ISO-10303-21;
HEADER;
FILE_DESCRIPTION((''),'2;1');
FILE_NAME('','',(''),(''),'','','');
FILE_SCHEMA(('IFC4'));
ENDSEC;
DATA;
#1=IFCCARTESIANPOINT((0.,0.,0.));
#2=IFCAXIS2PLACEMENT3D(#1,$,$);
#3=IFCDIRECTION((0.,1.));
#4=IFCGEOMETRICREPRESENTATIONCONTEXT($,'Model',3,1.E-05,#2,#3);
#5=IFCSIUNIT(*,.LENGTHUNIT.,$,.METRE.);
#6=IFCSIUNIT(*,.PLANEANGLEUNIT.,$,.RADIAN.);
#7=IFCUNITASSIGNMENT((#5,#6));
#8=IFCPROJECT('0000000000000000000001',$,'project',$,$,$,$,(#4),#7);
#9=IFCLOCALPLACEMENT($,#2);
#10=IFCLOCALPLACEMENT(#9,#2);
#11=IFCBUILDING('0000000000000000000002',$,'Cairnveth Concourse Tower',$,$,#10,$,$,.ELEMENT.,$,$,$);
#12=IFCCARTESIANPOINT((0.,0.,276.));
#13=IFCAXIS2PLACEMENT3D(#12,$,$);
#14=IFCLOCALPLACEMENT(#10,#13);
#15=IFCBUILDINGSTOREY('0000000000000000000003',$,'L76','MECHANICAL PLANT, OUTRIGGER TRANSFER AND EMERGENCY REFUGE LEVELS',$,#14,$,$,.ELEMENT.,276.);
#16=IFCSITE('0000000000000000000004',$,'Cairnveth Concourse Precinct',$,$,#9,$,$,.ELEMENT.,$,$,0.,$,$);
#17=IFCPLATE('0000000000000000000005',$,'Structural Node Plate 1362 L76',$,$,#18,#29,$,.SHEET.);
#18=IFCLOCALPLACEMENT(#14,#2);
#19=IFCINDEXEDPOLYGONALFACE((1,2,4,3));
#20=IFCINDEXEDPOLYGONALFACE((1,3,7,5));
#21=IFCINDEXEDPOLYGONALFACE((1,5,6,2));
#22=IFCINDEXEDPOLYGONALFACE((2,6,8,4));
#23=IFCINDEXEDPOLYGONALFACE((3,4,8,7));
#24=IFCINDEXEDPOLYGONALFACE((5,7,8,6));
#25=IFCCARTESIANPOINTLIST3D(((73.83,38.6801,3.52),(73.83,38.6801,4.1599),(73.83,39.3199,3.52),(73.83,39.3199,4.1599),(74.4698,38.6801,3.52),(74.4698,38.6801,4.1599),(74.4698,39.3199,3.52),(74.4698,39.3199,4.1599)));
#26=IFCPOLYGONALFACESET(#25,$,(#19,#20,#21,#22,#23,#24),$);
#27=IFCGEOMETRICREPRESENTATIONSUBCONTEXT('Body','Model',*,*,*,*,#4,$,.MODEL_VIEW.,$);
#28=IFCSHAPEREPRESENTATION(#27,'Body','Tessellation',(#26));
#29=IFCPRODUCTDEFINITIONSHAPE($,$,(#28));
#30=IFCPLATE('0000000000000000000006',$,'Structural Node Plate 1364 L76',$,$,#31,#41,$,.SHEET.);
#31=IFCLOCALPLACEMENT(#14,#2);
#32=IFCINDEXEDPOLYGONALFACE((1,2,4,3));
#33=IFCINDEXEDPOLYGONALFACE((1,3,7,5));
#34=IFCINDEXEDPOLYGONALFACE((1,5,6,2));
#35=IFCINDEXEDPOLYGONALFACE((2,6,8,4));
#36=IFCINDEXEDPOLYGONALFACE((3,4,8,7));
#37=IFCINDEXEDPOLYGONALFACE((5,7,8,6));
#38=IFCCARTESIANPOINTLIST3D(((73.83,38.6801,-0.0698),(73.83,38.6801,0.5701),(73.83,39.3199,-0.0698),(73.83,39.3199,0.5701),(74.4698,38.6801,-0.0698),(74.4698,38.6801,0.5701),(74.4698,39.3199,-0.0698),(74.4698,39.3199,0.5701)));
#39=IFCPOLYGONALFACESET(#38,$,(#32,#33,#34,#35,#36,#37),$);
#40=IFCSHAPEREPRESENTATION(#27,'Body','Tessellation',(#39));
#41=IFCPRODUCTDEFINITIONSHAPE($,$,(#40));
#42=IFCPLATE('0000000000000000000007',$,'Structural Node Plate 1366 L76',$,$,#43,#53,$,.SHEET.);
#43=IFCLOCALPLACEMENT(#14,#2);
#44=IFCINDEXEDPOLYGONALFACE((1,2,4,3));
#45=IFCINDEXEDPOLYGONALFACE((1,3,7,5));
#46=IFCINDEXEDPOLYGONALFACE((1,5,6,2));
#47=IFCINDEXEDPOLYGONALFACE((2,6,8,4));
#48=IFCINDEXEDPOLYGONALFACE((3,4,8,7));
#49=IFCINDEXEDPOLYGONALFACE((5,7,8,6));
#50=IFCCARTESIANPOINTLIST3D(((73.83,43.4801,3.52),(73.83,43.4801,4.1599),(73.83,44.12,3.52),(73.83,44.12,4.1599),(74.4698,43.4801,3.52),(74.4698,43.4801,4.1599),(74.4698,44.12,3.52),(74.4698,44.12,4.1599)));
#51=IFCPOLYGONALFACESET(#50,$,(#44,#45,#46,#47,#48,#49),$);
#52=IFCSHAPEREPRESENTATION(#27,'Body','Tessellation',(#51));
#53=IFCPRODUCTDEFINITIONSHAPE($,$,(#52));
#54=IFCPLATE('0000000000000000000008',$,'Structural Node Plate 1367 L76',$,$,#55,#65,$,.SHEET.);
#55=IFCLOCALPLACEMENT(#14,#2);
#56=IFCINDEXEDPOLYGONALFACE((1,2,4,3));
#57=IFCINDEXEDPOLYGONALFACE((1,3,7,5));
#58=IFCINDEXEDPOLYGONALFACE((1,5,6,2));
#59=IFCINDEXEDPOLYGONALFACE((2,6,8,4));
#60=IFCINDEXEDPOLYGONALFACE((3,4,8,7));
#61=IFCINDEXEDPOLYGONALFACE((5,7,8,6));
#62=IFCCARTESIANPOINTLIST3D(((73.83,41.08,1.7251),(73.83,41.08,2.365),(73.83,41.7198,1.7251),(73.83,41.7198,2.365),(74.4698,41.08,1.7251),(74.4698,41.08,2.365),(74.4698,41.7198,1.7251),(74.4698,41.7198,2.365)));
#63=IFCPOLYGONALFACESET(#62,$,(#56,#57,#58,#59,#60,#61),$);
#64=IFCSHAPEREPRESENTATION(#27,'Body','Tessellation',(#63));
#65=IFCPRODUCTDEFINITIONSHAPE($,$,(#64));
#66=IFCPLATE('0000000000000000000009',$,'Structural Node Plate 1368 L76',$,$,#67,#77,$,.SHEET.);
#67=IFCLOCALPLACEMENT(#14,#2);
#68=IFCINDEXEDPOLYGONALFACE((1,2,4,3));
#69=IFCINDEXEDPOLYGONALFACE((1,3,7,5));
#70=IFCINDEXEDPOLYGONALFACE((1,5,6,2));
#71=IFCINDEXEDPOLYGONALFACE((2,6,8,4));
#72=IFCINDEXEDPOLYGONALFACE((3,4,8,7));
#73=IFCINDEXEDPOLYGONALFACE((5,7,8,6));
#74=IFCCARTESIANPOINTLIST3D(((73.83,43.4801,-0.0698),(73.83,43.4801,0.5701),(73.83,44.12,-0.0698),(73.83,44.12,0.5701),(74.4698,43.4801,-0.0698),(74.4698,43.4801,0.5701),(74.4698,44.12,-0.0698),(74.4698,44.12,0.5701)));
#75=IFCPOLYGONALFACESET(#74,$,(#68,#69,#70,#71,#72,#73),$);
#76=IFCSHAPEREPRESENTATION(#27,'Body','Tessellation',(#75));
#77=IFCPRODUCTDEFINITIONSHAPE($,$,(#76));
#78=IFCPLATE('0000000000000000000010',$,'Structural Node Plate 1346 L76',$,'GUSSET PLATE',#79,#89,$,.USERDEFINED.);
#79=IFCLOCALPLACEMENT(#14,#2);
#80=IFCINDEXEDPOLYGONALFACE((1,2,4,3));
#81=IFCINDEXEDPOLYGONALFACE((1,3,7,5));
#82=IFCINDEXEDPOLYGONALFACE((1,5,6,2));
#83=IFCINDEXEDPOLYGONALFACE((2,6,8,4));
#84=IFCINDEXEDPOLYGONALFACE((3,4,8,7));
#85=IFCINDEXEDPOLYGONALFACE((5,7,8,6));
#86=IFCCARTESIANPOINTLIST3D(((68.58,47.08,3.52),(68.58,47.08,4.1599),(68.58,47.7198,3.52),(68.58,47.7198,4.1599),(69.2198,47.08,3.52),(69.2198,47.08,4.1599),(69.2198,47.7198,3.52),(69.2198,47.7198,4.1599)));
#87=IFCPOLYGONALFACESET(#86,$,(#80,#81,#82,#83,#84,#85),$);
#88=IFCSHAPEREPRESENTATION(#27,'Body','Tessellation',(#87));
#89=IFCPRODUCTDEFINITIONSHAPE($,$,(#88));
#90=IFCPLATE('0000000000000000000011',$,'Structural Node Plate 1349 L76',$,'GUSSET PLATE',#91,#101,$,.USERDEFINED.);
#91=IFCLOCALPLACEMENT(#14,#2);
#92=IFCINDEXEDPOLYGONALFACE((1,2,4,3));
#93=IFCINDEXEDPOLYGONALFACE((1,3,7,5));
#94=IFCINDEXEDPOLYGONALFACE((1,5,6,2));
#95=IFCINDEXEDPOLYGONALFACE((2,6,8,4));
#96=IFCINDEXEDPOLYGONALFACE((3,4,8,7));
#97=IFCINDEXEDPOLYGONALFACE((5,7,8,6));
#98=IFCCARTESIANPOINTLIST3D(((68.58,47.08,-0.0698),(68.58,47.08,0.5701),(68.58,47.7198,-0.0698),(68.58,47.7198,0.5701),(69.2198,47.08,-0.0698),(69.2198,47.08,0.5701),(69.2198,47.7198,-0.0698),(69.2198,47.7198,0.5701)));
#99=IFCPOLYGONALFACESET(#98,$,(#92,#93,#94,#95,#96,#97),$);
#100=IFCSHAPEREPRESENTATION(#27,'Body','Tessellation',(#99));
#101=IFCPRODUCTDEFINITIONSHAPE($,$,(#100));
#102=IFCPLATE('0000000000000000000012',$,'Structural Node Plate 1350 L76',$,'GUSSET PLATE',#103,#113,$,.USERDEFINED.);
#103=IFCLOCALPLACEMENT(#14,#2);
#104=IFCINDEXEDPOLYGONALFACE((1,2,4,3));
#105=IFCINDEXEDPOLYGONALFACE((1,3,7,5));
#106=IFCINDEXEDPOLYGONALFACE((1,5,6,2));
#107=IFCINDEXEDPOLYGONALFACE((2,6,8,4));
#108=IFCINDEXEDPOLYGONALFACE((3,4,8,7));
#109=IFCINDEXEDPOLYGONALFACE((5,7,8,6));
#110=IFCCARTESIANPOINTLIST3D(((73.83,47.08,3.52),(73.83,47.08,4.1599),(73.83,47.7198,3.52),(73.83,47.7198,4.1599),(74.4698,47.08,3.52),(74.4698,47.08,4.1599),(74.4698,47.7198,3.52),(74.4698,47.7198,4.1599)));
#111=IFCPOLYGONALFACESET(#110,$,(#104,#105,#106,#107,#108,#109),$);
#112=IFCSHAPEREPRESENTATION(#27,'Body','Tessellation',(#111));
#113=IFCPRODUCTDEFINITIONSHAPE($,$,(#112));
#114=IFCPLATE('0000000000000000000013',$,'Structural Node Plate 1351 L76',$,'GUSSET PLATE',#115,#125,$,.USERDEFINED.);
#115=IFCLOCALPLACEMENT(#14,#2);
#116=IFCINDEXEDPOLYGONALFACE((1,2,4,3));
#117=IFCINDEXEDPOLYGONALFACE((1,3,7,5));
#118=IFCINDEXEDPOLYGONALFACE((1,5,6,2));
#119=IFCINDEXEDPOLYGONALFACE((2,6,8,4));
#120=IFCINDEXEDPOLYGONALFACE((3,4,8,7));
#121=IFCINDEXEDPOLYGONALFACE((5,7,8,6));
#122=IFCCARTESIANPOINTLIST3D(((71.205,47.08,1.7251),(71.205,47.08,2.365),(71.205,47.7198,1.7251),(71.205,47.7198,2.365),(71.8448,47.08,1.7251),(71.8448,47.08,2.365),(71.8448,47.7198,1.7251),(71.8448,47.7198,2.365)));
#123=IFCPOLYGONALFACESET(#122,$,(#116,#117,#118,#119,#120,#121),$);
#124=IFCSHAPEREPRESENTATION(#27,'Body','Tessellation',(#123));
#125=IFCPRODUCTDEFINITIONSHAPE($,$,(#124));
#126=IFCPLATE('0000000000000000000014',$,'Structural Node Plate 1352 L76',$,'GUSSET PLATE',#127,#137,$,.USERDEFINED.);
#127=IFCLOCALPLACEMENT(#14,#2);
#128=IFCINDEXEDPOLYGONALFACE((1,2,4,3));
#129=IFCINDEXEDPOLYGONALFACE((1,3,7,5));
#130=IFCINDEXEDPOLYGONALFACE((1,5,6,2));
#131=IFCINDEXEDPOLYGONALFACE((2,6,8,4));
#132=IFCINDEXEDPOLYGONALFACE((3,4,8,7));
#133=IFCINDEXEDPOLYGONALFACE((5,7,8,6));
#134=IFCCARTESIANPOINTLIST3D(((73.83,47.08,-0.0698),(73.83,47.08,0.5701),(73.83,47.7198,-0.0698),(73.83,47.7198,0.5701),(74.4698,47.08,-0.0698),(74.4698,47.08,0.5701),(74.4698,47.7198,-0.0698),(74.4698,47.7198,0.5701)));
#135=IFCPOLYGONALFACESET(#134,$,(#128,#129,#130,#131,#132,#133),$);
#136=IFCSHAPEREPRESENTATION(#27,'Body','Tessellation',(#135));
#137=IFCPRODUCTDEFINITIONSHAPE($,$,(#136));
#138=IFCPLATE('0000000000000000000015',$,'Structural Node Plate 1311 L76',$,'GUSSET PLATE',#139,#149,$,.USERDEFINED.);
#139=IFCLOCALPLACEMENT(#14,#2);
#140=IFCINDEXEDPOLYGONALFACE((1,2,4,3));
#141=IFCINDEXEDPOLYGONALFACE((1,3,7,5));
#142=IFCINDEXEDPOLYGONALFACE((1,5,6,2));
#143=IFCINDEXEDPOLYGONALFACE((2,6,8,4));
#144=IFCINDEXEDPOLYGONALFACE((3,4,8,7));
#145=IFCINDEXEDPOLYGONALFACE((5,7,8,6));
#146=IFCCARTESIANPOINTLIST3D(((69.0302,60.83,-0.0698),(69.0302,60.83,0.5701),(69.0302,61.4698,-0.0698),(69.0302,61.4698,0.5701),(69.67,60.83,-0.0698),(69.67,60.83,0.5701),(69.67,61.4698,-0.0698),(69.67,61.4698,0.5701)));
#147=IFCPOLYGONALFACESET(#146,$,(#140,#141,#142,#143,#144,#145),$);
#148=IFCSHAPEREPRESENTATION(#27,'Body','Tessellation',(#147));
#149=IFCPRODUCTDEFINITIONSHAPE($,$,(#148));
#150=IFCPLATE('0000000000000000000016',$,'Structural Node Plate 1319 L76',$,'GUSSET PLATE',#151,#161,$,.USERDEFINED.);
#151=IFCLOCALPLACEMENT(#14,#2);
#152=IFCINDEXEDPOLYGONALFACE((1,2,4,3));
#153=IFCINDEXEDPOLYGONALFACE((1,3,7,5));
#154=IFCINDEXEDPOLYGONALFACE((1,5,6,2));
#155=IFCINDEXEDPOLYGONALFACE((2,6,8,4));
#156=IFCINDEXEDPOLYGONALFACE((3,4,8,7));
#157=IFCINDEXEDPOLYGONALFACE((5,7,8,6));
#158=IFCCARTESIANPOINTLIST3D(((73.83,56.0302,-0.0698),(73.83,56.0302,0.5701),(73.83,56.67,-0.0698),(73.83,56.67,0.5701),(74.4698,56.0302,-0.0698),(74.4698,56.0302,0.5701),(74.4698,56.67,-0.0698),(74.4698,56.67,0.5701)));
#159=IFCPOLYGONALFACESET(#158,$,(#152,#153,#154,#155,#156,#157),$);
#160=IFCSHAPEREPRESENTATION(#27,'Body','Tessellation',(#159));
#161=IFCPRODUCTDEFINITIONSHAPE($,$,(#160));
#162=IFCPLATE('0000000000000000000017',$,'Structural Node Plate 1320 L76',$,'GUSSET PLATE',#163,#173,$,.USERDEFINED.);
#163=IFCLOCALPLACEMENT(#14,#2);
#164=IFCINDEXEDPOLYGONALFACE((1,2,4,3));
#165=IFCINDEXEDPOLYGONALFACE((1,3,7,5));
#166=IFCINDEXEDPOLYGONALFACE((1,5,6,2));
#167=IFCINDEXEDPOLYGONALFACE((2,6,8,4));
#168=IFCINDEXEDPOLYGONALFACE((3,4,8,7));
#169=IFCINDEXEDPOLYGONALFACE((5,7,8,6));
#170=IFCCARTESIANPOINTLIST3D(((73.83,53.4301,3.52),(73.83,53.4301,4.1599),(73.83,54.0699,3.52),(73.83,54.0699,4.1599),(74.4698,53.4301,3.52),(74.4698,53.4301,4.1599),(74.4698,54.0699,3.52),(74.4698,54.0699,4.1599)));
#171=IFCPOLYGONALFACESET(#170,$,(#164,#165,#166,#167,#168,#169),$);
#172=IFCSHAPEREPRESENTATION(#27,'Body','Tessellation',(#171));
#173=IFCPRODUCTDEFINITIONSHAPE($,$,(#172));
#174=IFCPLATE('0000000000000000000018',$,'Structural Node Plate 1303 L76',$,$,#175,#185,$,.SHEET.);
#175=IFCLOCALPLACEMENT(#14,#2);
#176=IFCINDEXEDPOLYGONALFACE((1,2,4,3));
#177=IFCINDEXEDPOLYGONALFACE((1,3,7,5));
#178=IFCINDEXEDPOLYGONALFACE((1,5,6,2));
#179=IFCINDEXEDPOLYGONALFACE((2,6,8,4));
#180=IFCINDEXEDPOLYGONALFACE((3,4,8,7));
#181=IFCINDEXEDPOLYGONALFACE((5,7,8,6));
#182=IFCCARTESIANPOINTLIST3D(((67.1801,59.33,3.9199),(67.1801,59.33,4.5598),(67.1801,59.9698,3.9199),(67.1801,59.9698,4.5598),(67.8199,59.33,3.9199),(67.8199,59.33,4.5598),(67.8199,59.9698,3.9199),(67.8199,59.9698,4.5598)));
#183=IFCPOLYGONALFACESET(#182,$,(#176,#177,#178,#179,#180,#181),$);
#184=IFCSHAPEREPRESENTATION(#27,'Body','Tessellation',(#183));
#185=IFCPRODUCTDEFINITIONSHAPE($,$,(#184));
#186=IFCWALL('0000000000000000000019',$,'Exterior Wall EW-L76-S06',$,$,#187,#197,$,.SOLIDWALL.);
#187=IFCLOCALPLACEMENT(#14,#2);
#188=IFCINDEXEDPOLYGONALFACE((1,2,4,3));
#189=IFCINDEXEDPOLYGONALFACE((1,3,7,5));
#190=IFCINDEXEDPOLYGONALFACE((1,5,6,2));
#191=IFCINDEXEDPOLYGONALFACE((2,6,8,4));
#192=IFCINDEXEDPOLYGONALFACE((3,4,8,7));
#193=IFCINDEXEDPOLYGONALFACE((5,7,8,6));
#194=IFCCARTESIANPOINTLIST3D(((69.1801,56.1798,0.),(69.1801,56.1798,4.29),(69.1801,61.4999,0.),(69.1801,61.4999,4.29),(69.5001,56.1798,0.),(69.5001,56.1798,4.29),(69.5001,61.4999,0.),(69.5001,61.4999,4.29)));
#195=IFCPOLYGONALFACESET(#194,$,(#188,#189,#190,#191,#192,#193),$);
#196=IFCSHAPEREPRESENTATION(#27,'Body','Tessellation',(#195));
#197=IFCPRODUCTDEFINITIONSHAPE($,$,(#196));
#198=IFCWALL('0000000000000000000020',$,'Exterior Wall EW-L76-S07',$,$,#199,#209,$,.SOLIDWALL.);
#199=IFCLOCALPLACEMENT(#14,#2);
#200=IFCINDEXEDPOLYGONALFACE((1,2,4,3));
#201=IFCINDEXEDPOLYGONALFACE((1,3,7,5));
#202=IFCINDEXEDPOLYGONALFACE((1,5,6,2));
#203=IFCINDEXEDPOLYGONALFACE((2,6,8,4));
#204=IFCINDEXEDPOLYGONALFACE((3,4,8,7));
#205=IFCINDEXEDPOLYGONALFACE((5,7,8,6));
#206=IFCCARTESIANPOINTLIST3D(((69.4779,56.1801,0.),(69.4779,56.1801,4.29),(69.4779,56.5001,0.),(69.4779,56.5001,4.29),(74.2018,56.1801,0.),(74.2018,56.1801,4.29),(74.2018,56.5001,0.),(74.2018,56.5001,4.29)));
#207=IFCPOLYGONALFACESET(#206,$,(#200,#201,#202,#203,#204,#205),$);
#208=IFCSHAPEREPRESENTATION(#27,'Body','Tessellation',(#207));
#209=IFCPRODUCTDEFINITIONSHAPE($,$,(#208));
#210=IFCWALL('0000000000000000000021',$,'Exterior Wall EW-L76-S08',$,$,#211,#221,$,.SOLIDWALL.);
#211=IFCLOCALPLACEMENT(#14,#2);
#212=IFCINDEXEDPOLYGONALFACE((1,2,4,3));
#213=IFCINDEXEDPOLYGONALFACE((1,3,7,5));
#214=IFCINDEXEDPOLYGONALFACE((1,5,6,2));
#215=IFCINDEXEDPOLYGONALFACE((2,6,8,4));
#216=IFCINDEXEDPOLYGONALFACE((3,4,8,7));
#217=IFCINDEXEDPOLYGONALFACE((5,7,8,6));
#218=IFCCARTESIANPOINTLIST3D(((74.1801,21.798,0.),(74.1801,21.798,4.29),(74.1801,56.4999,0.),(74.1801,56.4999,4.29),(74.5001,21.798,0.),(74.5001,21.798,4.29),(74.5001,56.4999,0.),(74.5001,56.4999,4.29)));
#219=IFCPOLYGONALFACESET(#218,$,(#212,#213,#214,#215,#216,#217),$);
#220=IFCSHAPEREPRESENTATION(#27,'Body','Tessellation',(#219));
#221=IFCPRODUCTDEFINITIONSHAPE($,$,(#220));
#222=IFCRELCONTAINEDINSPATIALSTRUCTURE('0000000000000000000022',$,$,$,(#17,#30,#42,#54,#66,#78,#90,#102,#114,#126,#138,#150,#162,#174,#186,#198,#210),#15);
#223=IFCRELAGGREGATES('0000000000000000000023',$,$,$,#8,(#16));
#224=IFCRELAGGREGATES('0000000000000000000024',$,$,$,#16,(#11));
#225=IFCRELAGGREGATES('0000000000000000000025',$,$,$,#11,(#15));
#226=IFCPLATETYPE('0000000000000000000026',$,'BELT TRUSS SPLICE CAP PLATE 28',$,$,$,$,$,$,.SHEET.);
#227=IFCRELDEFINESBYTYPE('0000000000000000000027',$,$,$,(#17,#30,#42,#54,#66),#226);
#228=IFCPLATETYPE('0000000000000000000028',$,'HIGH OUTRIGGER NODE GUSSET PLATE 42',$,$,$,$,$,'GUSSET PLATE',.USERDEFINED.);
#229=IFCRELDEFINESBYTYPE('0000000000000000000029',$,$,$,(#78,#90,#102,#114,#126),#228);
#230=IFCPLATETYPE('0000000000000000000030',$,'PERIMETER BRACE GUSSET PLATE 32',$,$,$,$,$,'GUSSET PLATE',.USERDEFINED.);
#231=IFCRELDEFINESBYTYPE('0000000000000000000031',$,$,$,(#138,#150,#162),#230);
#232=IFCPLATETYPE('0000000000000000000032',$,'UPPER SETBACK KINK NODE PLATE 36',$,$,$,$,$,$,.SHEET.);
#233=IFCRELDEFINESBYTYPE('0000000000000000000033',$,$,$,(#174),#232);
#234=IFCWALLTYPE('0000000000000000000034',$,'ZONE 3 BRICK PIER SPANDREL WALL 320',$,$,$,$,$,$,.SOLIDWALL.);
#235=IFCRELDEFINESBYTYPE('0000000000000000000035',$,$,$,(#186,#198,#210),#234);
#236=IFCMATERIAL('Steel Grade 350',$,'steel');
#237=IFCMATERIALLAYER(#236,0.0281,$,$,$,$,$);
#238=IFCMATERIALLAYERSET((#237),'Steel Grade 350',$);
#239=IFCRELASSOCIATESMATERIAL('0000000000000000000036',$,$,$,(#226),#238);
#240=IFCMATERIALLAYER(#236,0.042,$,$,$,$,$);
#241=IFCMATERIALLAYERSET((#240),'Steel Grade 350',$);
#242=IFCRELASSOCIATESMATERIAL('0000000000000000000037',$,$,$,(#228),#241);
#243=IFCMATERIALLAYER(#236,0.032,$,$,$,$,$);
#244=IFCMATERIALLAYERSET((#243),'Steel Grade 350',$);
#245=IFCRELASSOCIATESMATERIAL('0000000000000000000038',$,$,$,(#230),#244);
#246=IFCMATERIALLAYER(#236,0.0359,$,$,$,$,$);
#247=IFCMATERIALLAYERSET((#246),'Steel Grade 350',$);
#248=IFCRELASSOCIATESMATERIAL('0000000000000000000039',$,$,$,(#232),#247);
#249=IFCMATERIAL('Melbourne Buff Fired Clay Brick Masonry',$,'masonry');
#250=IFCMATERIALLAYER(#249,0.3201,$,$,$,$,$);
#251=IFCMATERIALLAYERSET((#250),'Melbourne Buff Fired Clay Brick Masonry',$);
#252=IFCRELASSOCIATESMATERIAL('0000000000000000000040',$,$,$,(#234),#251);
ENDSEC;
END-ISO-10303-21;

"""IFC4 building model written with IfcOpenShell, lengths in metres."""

from ifc_helpers import new_model, si_unit, direction, frame, frame_2d, origin, origin_2d, place, context, subcontext, project, spatial, rectangle, extrude, material, layer, layer_set, type_object, element, save


model = new_model("IFC4")

# Units and contexts
model_context = context("Model", 3, precision=1e-05, world=origin(), true_north=direction((0.0, 1.0)))
body_context = subcontext(model_context, "Body", "Model", "MODEL_VIEW")
ifc_project = project(units=[si_unit("LENGTHUNIT", "METRE"), si_unit("PLANEANGLEUNIT", "RADIAN")], contexts=[model_context])

# Site, building, storey
site_placement = place(None, origin())
site = spatial("IfcSite", under=ifc_project, at=site_placement, Name="Cairnveth Concourse Precinct", CompositionType="ELEMENT", RefElevation=0.0)
building_placement = place(site_placement, origin())
building = spatial("IfcBuilding", under=site, at=building_placement, Name="Cairnveth Concourse Tower", CompositionType="ELEMENT")
storey_placement = place(building_placement, frame((0.0, 0.0, 276.0)))
storey = spatial("IfcBuildingStorey", under=building, at=storey_placement, Name="L76", Description="MECHANICAL PLANT, OUTRIGGER TRANSFER AND EMERGENCY REFUGE LEVELS", CompositionType="ELEMENT", Elevation=276.0)

# Shared definitions
ifc_material_1 = material(Name="Steel Grade 350", Category="steel")

# Plates
ifc_layer_1 = layer(ifc_material_1, 0.0281)
ifc_layer_set_1 = layer_set([ifc_layer_1], Name="Steel Grade 350")
plate_type_1 = type_object("IfcPlateType", Name="BELT TRUSS SPLICE CAP PLATE 28", PredefinedType="SHEET", material=ifc_layer_set_1)
for number, where, z_axis, x_axis, name in (
    (1, (74.1499, 39.0, 3.52), (0.0, 0.0, 1.0), (1.0, 0.0, 0.0), "Structural Node Plate 1362 L76"),
    (2, (74.1499, 39.0, -0.0698), (0.0, 0.0, 1.0), (1.0, 0.0, 0.0), "Structural Node Plate 1364 L76"),
    (3, (74.1499, 43.8, 3.52), (0.0, 0.0, 1.0), (1.0, 0.0, 0.0), "Structural Node Plate 1366 L76"),
    (4, (74.1499, 41.3999, 1.7251), (0.0, 0.0, 1.0), (1.0, 0.0, 0.0), "Structural Node Plate 1367 L76"),
    (5, (74.1499, 43.8, -0.0698), (0.0, 0.0, 1.0), (1.0, 0.0, 0.0), "Structural Node Plate 1368 L76"),
):
    element("IfcPlate", number, at=place(storey_placement, frame(where, z_axis=z_axis, x_axis=x_axis)), inside=storey, type_object=plate_type_1, Name=name, PredefinedType="SHEET", context=body_context, shape_type="SweptSolid", body=[
        extrude(rectangle(XDim=0.6399, YDim=0.6399, at=origin_2d()), origin(), (0.0, 0.0, 1.0), 0.6399),
    ])
ifc_layer_2 = layer(ifc_material_1, 0.042)
ifc_layer_set_2 = layer_set([ifc_layer_2], Name="Steel Grade 350")
plate_type_2 = type_object("IfcPlateType", Name="HIGH OUTRIGGER NODE GUSSET PLATE 42", ElementType="GUSSET PLATE", PredefinedType="USERDEFINED", material=ifc_layer_set_2)
for number, where, z_axis, x_axis, name in (
    (6, (68.8999, 47.3999, 3.52), (0.0, 0.0, 1.0), (1.0, 0.0, 0.0), "Structural Node Plate 1346 L76"),
    (7, (68.8999, 47.3999, -0.0698), (0.0, 0.0, 1.0), (1.0, 0.0, 0.0), "Structural Node Plate 1349 L76"),
    (8, (74.1499, 47.3999, 3.52), (0.0, 0.0, 1.0), (1.0, 0.0, 0.0), "Structural Node Plate 1350 L76"),
    (9, (71.5249, 47.3999, 1.7251), (0.0, 0.0, 1.0), (1.0, 0.0, 0.0), "Structural Node Plate 1351 L76"),
    (10, (74.1499, 47.3999, -0.0698), (0.0, 0.0, 1.0), (1.0, 0.0, 0.0), "Structural Node Plate 1352 L76"),
):
    element("IfcPlate", number, at=place(storey_placement, frame(where, z_axis=z_axis, x_axis=x_axis)), inside=storey, type_object=plate_type_2, Name=name, ObjectType="GUSSET PLATE", PredefinedType="USERDEFINED", context=body_context, shape_type="SweptSolid", body=[
        extrude(rectangle(XDim=0.6399, YDim=0.6399, at=origin_2d()), origin(), (0.0, 0.0, 1.0), 0.6399),
    ])
ifc_layer_3 = layer(ifc_material_1, 0.032)
ifc_layer_set_3 = layer_set([ifc_layer_3], Name="Steel Grade 350")
plate_type_3 = type_object("IfcPlateType", Name="PERIMETER BRACE GUSSET PLATE 32", ElementType="GUSSET PLATE", PredefinedType="USERDEFINED", material=ifc_layer_set_3)
for number, where, z_axis, x_axis, name in (
    (11, (69.3501, 61.1499, -0.0698), (0.0, 0.0, 1.0), (1.0, 0.0, 0.0), "Structural Node Plate 1311 L76"),
    (12, (74.1499, 56.3501, -0.0698), (0.0, 0.0, 1.0), (1.0, 0.0, 0.0), "Structural Node Plate 1319 L76"),
    (13, (74.1499, 53.75, 3.52), (0.0, 0.0, 1.0), (1.0, 0.0, 0.0), "Structural Node Plate 1320 L76"),
):
    element("IfcPlate", number, at=place(storey_placement, frame(where, z_axis=z_axis, x_axis=x_axis)), inside=storey, type_object=plate_type_3, Name=name, ObjectType="GUSSET PLATE", PredefinedType="USERDEFINED", context=body_context, shape_type="SweptSolid", body=[
        extrude(rectangle(XDim=0.6399, YDim=0.6399, at=origin_2d()), origin(), (0.0, 0.0, 1.0), 0.6399),
    ])
ifc_layer_4 = layer(ifc_material_1, 0.0359)
ifc_layer_set_4 = layer_set([ifc_layer_4], Name="Steel Grade 350")
plate_type_4 = type_object("IfcPlateType", Name="UPPER SETBACK KINK NODE PLATE 36", PredefinedType="SHEET", material=ifc_layer_set_4)
plate_placement = place(storey_placement, frame((67.5, 59.6499, 3.9199), z_axis=(0.0, 0.0, 1.0), x_axis=(1.0, 0.0, 0.0)))
element("IfcPlate", 14, at=plate_placement, inside=storey, type_object=plate_type_4, Name="Structural Node Plate 1303 L76", PredefinedType="SHEET", context=body_context, shape_type="SweptSolid", body=[
    extrude(rectangle(XDim=0.6399, YDim=0.6399, at=origin_2d()), origin(), (0.0, 0.0, 1.0), 0.6399),
])

# Walls
ifc_material_2 = material(Name="Melbourne Buff Fired Clay Brick Masonry", Category="masonry")
ifc_layer_5 = layer(ifc_material_2, 0.3201)
ifc_layer_set_5 = layer_set([ifc_layer_5], Name="Melbourne Buff Fired Clay Brick Masonry")
wall_type = type_object("IfcWallType", Name="ZONE 3 BRICK PIER SPANDREL WALL 320", PredefinedType="SOLIDWALL", material=ifc_layer_set_5)
wall_1_placement = place(storey_placement, frame((69.3401, 61.5, 0.0), z_axis=(0.0, 0.0, 1.0), x_axis=(0.0, -1.0, 0.0)))
element("IfcWall", 15, at=wall_1_placement, inside=storey, type_object=wall_type, Name="Exterior Wall EW-L76-S06", PredefinedType="SOLIDWALL", context=body_context, shape_type="SweptSolid", body=[
    extrude(rectangle(XDim=5.3201, YDim=0.3201, at=frame_2d((2.6602, 0.0))), origin(), (0.0, 0.0, 1.0), 4.29),
])
wall_2_placement = place(storey_placement, frame((69.478, 56.3401, 0.0), z_axis=(0.0, 0.0, 1.0), x_axis=(1.0, 0.0, 0.0)))
element("IfcWall", 16, at=wall_2_placement, inside=storey, type_object=wall_type, Name="Exterior Wall EW-L76-S07", PredefinedType="SOLIDWALL", context=body_context, shape_type="SweptSolid", body=[
    extrude(rectangle(XDim=4.7239, YDim=0.3201, at=frame_2d((2.3618, 0.0))), origin(), (0.0, 0.0, 1.0), 4.29),
])
wall_3_placement = place(storey_placement, frame((74.3401, 56.5, 0.0), z_axis=(0.0, 0.0, 1.0), x_axis=(0.0, -1.0, 0.0)))
element("IfcWall", 17, at=wall_3_placement, inside=storey, type_object=wall_type, Name="Exterior Wall EW-L76-S08", PredefinedType="SOLIDWALL", context=body_context, shape_type="SweptSolid", body=[
    extrude(rectangle(XDim=34.7019, YDim=0.3201, at=frame_2d((17.3511, 0.0))), origin(), (0.0, 0.0, 1.0), 4.29),
])

save(model, "model.ifc")
